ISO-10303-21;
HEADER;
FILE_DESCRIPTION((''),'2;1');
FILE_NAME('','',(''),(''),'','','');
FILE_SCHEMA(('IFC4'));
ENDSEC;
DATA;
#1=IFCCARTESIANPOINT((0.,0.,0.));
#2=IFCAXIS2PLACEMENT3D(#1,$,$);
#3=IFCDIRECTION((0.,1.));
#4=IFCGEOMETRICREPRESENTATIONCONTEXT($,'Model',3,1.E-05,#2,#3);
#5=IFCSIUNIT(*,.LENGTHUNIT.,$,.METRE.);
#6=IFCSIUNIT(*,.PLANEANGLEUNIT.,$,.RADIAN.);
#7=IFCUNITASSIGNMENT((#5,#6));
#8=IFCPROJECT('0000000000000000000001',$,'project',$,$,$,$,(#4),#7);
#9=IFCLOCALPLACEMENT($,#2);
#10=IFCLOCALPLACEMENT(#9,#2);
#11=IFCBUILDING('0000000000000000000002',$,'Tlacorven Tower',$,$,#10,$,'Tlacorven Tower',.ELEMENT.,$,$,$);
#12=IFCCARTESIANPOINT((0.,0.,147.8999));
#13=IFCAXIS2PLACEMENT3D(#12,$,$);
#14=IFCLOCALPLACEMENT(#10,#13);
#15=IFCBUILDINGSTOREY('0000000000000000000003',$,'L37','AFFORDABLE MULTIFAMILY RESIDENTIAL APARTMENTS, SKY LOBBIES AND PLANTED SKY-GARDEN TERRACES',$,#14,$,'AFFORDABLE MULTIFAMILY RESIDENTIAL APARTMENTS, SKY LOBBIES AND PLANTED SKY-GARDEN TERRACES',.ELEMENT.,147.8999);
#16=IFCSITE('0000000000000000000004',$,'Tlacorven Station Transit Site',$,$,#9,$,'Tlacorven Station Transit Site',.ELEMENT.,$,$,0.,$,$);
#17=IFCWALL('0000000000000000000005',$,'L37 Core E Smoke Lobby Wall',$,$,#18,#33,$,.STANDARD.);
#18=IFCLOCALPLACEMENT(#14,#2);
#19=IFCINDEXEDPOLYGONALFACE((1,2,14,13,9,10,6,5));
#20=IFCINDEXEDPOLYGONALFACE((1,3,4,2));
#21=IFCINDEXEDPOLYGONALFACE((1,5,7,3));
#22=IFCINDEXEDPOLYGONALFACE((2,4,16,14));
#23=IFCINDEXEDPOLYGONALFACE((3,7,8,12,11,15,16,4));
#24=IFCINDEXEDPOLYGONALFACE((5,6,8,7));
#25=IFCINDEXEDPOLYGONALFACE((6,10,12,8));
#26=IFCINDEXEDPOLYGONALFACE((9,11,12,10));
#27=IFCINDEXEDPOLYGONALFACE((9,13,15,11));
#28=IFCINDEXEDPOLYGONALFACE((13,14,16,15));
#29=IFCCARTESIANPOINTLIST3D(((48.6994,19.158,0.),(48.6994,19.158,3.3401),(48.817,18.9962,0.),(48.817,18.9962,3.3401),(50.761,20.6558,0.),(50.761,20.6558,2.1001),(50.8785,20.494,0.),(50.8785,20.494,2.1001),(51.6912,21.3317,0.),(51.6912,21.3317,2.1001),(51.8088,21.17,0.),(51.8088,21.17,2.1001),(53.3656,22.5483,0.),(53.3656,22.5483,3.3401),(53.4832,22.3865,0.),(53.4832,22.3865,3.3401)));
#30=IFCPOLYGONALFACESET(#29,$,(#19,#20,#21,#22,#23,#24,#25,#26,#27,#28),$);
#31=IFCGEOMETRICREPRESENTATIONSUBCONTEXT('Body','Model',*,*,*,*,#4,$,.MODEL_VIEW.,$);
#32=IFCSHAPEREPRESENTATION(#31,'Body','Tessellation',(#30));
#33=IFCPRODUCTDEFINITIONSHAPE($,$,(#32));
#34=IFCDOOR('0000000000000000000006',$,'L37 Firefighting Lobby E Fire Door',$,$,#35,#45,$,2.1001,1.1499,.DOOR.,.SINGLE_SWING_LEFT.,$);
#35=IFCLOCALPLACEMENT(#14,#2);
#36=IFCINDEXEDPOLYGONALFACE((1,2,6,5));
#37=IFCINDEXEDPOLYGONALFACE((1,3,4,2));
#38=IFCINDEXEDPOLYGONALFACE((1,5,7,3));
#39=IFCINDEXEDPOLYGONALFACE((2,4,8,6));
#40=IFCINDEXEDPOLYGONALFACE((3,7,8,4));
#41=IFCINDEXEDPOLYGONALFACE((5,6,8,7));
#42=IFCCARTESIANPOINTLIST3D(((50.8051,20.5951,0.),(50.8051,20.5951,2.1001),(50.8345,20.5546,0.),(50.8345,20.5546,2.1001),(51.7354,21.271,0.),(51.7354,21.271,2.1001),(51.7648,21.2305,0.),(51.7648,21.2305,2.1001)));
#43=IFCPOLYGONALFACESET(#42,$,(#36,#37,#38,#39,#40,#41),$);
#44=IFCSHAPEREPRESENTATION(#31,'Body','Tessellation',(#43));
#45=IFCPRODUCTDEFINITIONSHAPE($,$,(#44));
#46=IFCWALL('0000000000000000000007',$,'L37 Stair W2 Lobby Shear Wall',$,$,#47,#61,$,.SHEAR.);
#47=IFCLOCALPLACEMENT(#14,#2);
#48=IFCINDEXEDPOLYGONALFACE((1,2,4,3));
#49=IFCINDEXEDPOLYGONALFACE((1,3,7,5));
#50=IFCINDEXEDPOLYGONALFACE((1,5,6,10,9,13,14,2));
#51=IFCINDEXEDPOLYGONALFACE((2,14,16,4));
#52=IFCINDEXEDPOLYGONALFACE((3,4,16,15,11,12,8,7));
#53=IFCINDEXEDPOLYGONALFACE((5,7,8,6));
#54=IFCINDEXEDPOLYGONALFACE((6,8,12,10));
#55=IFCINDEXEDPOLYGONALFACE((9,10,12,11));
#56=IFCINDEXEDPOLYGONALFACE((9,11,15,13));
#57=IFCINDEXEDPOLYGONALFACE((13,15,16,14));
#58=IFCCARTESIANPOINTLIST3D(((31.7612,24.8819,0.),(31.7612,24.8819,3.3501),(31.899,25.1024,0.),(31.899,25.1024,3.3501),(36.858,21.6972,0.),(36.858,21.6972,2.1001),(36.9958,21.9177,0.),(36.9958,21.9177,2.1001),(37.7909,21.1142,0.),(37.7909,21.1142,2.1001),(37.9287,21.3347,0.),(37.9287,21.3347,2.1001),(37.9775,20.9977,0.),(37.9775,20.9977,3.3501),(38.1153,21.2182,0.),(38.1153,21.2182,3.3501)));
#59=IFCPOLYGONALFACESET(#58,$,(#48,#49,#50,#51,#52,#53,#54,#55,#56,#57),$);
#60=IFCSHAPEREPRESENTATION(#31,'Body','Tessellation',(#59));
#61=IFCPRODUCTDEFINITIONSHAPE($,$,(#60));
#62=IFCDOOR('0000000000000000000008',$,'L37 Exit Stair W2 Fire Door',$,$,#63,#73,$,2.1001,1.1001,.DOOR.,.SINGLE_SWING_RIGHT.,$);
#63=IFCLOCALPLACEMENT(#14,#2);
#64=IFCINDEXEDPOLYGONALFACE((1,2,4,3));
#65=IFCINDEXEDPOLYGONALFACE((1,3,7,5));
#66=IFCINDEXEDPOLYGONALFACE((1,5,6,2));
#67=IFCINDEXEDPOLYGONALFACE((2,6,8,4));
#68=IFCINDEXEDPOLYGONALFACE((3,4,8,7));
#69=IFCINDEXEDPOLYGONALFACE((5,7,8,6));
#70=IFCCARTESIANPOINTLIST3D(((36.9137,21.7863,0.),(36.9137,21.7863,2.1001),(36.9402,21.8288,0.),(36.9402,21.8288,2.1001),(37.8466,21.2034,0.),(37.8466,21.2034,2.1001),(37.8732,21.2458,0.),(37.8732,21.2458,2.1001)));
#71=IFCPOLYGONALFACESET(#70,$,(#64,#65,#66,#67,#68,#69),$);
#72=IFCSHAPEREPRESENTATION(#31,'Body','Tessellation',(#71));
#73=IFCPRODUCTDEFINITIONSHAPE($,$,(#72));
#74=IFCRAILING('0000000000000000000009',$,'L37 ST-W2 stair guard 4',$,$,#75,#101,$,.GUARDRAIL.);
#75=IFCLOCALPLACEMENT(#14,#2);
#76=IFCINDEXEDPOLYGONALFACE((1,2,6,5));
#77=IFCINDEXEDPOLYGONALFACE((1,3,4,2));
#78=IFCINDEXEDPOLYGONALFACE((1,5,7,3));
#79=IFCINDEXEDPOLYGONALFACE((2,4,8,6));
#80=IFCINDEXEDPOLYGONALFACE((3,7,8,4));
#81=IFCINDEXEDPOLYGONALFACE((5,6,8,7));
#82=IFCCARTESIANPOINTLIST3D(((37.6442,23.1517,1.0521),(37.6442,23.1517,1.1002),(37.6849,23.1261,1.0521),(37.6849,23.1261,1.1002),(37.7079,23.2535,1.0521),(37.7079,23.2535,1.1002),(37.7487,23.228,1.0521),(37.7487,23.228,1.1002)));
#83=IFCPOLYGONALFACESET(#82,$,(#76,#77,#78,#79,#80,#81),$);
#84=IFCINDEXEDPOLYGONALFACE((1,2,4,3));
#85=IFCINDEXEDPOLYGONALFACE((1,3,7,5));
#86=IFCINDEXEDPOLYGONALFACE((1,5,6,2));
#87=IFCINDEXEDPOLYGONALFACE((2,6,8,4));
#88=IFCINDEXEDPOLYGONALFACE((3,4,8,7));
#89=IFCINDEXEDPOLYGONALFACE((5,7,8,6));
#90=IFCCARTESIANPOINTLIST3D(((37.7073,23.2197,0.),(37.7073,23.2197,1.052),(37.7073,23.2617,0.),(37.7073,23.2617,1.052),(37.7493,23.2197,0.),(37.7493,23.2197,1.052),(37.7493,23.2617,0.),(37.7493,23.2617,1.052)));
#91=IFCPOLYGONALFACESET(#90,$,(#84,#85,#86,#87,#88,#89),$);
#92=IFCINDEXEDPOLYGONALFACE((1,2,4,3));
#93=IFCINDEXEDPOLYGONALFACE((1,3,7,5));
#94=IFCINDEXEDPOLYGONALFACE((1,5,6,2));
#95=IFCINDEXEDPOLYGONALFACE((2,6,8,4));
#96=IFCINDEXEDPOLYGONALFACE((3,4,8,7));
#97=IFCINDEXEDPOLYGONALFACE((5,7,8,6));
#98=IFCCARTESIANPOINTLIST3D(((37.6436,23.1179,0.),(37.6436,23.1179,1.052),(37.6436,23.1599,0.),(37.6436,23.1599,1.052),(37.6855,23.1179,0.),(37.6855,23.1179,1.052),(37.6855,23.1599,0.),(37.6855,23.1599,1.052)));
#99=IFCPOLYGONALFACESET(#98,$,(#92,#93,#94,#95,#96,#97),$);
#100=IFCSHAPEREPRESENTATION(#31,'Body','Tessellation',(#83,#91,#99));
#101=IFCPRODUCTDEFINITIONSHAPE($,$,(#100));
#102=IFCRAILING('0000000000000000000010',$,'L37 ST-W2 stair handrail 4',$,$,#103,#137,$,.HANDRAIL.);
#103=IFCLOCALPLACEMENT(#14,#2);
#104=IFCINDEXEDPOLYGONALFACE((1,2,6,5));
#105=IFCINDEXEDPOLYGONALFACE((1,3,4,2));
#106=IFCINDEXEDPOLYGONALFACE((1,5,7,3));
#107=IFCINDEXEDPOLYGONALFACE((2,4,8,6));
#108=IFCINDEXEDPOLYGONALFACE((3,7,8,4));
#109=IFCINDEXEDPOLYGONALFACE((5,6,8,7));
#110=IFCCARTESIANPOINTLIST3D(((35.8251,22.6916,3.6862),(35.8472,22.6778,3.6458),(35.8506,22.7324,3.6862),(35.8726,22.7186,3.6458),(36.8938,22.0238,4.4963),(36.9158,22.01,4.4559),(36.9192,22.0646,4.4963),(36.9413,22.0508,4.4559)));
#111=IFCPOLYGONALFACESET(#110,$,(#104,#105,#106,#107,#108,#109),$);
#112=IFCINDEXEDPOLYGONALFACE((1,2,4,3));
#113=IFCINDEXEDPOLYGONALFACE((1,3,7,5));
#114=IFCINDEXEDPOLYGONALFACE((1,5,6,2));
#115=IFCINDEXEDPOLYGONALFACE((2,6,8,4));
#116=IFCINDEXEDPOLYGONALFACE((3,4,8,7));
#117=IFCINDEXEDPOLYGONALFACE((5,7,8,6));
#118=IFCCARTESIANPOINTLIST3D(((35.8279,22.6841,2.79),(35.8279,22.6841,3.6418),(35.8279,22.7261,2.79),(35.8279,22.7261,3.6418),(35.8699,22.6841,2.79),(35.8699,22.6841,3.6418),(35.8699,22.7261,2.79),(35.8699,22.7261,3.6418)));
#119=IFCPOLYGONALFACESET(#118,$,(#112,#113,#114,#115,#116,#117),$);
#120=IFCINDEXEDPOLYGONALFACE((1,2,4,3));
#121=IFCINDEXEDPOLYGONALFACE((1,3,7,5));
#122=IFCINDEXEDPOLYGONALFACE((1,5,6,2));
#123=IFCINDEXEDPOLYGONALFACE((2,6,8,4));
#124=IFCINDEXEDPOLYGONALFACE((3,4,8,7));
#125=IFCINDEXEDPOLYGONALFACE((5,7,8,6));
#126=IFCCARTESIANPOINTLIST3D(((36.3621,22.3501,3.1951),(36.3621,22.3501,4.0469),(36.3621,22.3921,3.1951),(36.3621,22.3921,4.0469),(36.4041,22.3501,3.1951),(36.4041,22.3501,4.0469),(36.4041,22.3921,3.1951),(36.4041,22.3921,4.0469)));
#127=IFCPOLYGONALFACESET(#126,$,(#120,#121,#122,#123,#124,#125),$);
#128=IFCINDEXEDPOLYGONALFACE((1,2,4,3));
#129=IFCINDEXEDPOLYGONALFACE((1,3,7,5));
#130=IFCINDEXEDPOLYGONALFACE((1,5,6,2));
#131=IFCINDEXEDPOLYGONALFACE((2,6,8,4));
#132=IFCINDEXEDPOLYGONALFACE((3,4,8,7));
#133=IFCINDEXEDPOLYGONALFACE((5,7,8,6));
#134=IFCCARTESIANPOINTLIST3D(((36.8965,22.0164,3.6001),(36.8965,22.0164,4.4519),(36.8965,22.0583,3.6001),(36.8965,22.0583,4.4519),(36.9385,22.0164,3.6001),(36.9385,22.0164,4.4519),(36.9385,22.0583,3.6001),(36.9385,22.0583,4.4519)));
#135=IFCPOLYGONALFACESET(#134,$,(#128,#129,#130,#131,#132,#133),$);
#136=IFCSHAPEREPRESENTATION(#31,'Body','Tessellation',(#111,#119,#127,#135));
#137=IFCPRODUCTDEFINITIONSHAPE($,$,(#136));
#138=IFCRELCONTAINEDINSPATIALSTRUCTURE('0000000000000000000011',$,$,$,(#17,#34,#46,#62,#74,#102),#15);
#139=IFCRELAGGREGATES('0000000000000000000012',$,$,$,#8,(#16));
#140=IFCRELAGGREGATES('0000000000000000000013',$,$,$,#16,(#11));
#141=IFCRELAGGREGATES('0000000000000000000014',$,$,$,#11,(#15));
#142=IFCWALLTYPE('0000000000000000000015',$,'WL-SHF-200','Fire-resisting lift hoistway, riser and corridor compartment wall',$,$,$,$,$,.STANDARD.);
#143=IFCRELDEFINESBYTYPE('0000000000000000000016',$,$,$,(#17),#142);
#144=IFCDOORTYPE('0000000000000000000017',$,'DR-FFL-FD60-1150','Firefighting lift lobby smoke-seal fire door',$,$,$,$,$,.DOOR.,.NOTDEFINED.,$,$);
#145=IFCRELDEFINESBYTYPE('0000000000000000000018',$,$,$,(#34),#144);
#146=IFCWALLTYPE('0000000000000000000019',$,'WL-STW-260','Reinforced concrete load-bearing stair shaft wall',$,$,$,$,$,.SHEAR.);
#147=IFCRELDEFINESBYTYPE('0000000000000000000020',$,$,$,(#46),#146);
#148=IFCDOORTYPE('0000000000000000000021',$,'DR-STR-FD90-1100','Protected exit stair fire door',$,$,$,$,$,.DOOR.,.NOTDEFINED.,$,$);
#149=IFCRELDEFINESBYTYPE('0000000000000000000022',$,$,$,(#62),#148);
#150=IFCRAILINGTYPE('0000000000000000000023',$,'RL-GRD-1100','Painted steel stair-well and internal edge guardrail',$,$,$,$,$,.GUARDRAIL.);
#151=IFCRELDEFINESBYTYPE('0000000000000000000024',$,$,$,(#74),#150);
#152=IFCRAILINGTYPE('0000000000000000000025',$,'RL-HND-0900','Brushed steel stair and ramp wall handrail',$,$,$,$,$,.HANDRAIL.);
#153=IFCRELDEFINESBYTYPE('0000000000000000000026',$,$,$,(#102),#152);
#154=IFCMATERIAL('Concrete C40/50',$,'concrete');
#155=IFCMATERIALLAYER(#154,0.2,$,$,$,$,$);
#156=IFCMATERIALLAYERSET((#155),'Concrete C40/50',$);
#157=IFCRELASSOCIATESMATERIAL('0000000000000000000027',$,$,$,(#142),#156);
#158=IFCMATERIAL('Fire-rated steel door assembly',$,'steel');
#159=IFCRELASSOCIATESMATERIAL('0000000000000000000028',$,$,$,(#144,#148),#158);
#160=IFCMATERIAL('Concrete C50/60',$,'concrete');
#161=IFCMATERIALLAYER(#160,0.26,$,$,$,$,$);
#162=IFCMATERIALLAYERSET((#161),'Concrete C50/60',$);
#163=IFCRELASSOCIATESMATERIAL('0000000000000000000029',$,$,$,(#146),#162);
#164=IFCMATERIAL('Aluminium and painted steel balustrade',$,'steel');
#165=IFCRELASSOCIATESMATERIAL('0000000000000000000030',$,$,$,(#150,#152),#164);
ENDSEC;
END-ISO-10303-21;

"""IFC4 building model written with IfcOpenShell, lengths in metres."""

from ifc_helpers import new_model, si_unit, direction, frame, frame_2d, origin, origin_2d, place, context, subcontext, project, spatial, rectangle, extrude, source, transform, mapped, material, layer, layer_set, type_object, element, fill, save


model = new_model("IFC4")

# Units and contexts
model_context = context("Model", 3, precision=1e-05, world=origin(), true_north=direction((0.0, 1.0)))
body_context = subcontext(model_context, "Body", "Model", "MODEL_VIEW")
ifc_project = project(units=[si_unit("LENGTHUNIT", "METRE"), si_unit("PLANEANGLEUNIT", "RADIAN")], contexts=[model_context])

# Site, building, storey
site_placement = place(None, origin())
site = spatial("IfcSite", under=ifc_project, at=site_placement, Name="Tlacorven Station Transit Site", LongName="Tlacorven Station Transit Site", CompositionType="ELEMENT", RefElevation=0.0)
building_placement = place(site_placement, origin())
building = spatial("IfcBuilding", under=site, at=building_placement, Name="Tlacorven Tower", LongName="Tlacorven Tower", CompositionType="ELEMENT")
storey_placement = place(building_placement, frame((0.0, 0.0, 147.8999)))
storey = spatial("IfcBuildingStorey", under=building, at=storey_placement, Name="L37", Description="AFFORDABLE MULTIFAMILY RESIDENTIAL APARTMENTS, SKY LOBBIES AND PLANTED SKY-GARDEN TERRACES", LongName="AFFORDABLE MULTIFAMILY RESIDENTIAL APARTMENTS, SKY LOBBIES AND PLANTED SKY-GARDEN TERRACES", CompositionType="ELEMENT", Elevation=147.8999)

# Shared definitions
ifc_material_1 = material(Name="Fire-rated steel door assembly", Category="steel")

# Shared definitions
ifc_material_2 = material(Name="Concrete C40/50", Category="concrete")
ifc_layer_1 = layer(ifc_material_2, 0.2)
ifc_layer_set_1 = layer_set([ifc_layer_1], Name="Concrete C40/50")
wall_type_1 = type_object("IfcWallType", Name="WL-SHF-200", Description="Fire-resisting lift hoistway, riser and corridor compartment wall", PredefinedType="STANDARD", material=ifc_layer_set_1)

# Shared definitions
door_type_1 = type_object("IfcDoorType", Name="DR-FFL-FD60-1150", Description="Firefighting lift lobby smoke-seal fire door", OperationType="NOTDEFINED", PredefinedType="DOOR", material=ifc_material_1)
shared_shape_1 = source(origin(), body_context, "Body", "SweptSolid", [
    extrude(rectangle(XDim=1.1499, YDim=2.1001, at=frame_2d((0.575, 1.05))), frame((0.0, 0.0249, 0.0), z_axis=(0.0, -1.0, 0.0), x_axis=(1.0, 0.0, 0.0)), (0.0, 0.0, 1.0), 0.05),
])

# Walls, openings, doors
wall_1_placement = place(storey_placement, frame((48.7583, 19.0771, 0.0), z_axis=(0.0, 0.0, 1.0), x_axis=(0.809005, 0.587802, 0.0)))
wall_1 = element("IfcWall", 1, at=wall_1_placement, inside=storey, type_object=wall_type_1, Name="L37 Core E Smoke Lobby Wall", PredefinedType="STANDARD", context=body_context, shape_type="SweptSolid", body=[
    extrude(rectangle(XDim=5.7678, YDim=0.2, at=frame_2d((2.8838, 0.0))), origin(), (0.0, 0.0, 1.0), 3.3401),
])
opening_1_placement = place(wall_1_placement, frame((2.5481, 0.0, 0.0)))
opening_1 = element("IfcOpeningElement", 2, at=opening_1_placement, cuts=wall_1, PredefinedType="OPENING", context=body_context, shape_type="SweptSolid", body=[
    extrude(rectangle(XDim=1.1499, YDim=2.1001, at=frame_2d((0.575, 1.05))), frame((0.0, 0.1099, 0.0), z_axis=(0.0, -1.0, 0.0), x_axis=(1.0, 0.0, 0.0)), (0.0, 0.0, 1.0), 0.22),
])
door_1_placement = place(opening_1_placement, origin())
door_1 = element("IfcDoor", 3, at=door_1_placement, inside=storey, type_object=door_type_1, Name="L37 Firefighting Lobby E Fire Door", OperationType="SINGLE_SWING_LEFT", OverallHeight=2.1001, OverallWidth=1.1499, PredefinedType="DOOR", context=body_context, shape_type="MappedRepresentation", body=[
    mapped(shared_shape_1, transform((0.0, 0.0, 0.0), scale=1.0)),
])
fill(opening_1, door_1)
ifc_material_3 = material(Name="Concrete C50/60", Category="concrete")
ifc_layer_2 = layer(ifc_material_3, 0.26)
ifc_layer_set_2 = layer_set([ifc_layer_2], Name="Concrete C50/60")
wall_type_2 = type_object("IfcWallType", Name="WL-STW-260", Description="Reinforced concrete load-bearing stair shaft wall", PredefinedType="SHEAR", material=ifc_layer_set_2)
wall_2_placement = place(storey_placement, frame((38.0464, 21.1079, 0.0), z_axis=(0.0, 0.0, 1.0), x_axis=(-0.848054, 0.529909, 0.0)))
wall_2 = element("IfcWall", 4, at=wall_2_placement, inside=storey, type_object=wall_type_2, Name="L37 Stair W2 Lobby Shear Wall", PredefinedType="SHEAR", context=body_context, shape_type="SweptSolid", body=[
    extrude(rectangle(XDim=7.3301, YDim=0.26, at=frame_2d((3.665, 0.0))), origin(), (0.0, 0.0, 1.0), 3.3501),
])
opening_2_placement = place(wall_2_placement, frame((0.22, 0.0, 0.0)))
opening_2 = element("IfcOpeningElement", 5, at=opening_2_placement, cuts=wall_2, PredefinedType="OPENING", context=body_context, shape_type="SweptSolid", body=[
    extrude(rectangle(XDim=1.1001, YDim=2.1001, at=frame_2d((0.55, 1.05))), frame((0.0, 0.1401, 0.0), z_axis=(0.0, -1.0, 0.0), x_axis=(1.0, 0.0, 0.0)), (0.0, 0.0, 1.0), 0.28),
])
door_type_2 = type_object("IfcDoorType", Name="DR-STR-FD90-1100", Description="Protected exit stair fire door", OperationType="NOTDEFINED", PredefinedType="DOOR", material=ifc_material_1)
shared_shape_2 = source(origin(), body_context, "Body", "SweptSolid", [
    extrude(rectangle(XDim=1.1001, YDim=2.1001, at=frame_2d((0.55, 1.05))), frame((0.0, 0.0249, 0.0), z_axis=(0.0, -1.0, 0.0), x_axis=(1.0, 0.0, 0.0)), (0.0, 0.0, 1.0), 0.05),
])
door_2_placement = place(opening_2_placement, origin())
door_2 = element("IfcDoor", 6, at=door_2_placement, inside=storey, type_object=door_type_2, Name="L37 Exit Stair W2 Fire Door", OperationType="SINGLE_SWING_RIGHT", OverallHeight=2.1001, OverallWidth=1.1001, PredefinedType="DOOR", context=body_context, shape_type="MappedRepresentation", body=[
    mapped(shared_shape_2, transform((0.0, 0.0, 0.0), scale=1.0)),
])
fill(opening_2, door_2)

# Railings
ifc_material_4 = material(Name="Aluminium and painted steel balustrade", Category="steel")
railing_type_1 = type_object("IfcRailingType", Name="RL-GRD-1100", Description="Painted steel stair-well and internal edge guardrail", PredefinedType="GUARDRAIL", material=ifc_material_4)
shared_shape_3 = source(origin(), body_context, "Body", "SweptSolid", [
    extrude(rectangle(XDim=0.0481, YDim=0.0481, at=origin_2d()), frame((0.0, 0.0, 1.0762), z_axis=(-0.530547, -0.847656, 0.0), x_axis=(0.847656, -0.530547, 0.0)), (0.0, 0.0, 1.0), 0.1201),
    extrude(rectangle(XDim=0.042, YDim=0.042, at=origin_2d()), origin(), (0.0, 0.0, 1.0), 1.052),
    extrude(rectangle(XDim=0.042, YDim=0.042, at=origin_2d()), frame((-0.0637, -0.1018, 0.0)), (0.0, 0.0, 1.0), 1.052),
])
railing_1_placement = place(storey_placement, frame((37.7283, 23.2407, 0.0)))
element("IfcRailing", 7, at=railing_1_placement, inside=storey, type_object=railing_type_1, Name="L37 ST-W2 stair guard 4", PredefinedType="GUARDRAIL", context=body_context, shape_type="MappedRepresentation", body=[
    mapped(shared_shape_3, transform((0.0, 0.0, 0.0), scale=1.0)),
])
railing_type_2 = type_object("IfcRailingType", Name="RL-HND-0900", Description="Brushed steel stair and ramp wall handrail", PredefinedType="HANDRAIL", material=ifc_material_4)
shared_shape_4 = source(origin(), body_context, "Body", "SweptSolid", [
    extrude(rectangle(XDim=0.0481, YDim=0.0481, at=origin_2d()), frame((0.0, 0.0, 0.876), z_axis=(0.71336, -0.445748, 0.540765), x_axis=(0.529912, 0.848053, 0.0)), (0.0, 0.0, 1.0), 1.498),
    extrude(rectangle(XDim=0.042, YDim=0.042, at=origin_2d()), origin(), (0.0, 0.0, 1.0), 0.8518),
    extrude(rectangle(XDim=0.042, YDim=0.042, at=origin_2d()), frame((0.5342, -0.334, 0.405)), (0.0, 0.0, 1.0), 0.8518),
    extrude(rectangle(XDim=0.042, YDim=0.042, at=origin_2d()), frame((1.0686, -0.6677, 0.8101)), (0.0, 0.0, 1.0), 0.8518),
])
railing_2_placement = place(storey_placement, frame((35.8489, 22.7051, 2.79)))
element("IfcRailing", 8, at=railing_2_placement, inside=storey, type_object=railing_type_2, Name="L37 ST-W2 stair handrail 4", PredefinedType="HANDRAIL", context=body_context, shape_type="MappedRepresentation", body=[
    mapped(shared_shape_4, transform((0.0, 0.0, 0.0), scale=1.0)),
])

save(model, "model.ifc")
